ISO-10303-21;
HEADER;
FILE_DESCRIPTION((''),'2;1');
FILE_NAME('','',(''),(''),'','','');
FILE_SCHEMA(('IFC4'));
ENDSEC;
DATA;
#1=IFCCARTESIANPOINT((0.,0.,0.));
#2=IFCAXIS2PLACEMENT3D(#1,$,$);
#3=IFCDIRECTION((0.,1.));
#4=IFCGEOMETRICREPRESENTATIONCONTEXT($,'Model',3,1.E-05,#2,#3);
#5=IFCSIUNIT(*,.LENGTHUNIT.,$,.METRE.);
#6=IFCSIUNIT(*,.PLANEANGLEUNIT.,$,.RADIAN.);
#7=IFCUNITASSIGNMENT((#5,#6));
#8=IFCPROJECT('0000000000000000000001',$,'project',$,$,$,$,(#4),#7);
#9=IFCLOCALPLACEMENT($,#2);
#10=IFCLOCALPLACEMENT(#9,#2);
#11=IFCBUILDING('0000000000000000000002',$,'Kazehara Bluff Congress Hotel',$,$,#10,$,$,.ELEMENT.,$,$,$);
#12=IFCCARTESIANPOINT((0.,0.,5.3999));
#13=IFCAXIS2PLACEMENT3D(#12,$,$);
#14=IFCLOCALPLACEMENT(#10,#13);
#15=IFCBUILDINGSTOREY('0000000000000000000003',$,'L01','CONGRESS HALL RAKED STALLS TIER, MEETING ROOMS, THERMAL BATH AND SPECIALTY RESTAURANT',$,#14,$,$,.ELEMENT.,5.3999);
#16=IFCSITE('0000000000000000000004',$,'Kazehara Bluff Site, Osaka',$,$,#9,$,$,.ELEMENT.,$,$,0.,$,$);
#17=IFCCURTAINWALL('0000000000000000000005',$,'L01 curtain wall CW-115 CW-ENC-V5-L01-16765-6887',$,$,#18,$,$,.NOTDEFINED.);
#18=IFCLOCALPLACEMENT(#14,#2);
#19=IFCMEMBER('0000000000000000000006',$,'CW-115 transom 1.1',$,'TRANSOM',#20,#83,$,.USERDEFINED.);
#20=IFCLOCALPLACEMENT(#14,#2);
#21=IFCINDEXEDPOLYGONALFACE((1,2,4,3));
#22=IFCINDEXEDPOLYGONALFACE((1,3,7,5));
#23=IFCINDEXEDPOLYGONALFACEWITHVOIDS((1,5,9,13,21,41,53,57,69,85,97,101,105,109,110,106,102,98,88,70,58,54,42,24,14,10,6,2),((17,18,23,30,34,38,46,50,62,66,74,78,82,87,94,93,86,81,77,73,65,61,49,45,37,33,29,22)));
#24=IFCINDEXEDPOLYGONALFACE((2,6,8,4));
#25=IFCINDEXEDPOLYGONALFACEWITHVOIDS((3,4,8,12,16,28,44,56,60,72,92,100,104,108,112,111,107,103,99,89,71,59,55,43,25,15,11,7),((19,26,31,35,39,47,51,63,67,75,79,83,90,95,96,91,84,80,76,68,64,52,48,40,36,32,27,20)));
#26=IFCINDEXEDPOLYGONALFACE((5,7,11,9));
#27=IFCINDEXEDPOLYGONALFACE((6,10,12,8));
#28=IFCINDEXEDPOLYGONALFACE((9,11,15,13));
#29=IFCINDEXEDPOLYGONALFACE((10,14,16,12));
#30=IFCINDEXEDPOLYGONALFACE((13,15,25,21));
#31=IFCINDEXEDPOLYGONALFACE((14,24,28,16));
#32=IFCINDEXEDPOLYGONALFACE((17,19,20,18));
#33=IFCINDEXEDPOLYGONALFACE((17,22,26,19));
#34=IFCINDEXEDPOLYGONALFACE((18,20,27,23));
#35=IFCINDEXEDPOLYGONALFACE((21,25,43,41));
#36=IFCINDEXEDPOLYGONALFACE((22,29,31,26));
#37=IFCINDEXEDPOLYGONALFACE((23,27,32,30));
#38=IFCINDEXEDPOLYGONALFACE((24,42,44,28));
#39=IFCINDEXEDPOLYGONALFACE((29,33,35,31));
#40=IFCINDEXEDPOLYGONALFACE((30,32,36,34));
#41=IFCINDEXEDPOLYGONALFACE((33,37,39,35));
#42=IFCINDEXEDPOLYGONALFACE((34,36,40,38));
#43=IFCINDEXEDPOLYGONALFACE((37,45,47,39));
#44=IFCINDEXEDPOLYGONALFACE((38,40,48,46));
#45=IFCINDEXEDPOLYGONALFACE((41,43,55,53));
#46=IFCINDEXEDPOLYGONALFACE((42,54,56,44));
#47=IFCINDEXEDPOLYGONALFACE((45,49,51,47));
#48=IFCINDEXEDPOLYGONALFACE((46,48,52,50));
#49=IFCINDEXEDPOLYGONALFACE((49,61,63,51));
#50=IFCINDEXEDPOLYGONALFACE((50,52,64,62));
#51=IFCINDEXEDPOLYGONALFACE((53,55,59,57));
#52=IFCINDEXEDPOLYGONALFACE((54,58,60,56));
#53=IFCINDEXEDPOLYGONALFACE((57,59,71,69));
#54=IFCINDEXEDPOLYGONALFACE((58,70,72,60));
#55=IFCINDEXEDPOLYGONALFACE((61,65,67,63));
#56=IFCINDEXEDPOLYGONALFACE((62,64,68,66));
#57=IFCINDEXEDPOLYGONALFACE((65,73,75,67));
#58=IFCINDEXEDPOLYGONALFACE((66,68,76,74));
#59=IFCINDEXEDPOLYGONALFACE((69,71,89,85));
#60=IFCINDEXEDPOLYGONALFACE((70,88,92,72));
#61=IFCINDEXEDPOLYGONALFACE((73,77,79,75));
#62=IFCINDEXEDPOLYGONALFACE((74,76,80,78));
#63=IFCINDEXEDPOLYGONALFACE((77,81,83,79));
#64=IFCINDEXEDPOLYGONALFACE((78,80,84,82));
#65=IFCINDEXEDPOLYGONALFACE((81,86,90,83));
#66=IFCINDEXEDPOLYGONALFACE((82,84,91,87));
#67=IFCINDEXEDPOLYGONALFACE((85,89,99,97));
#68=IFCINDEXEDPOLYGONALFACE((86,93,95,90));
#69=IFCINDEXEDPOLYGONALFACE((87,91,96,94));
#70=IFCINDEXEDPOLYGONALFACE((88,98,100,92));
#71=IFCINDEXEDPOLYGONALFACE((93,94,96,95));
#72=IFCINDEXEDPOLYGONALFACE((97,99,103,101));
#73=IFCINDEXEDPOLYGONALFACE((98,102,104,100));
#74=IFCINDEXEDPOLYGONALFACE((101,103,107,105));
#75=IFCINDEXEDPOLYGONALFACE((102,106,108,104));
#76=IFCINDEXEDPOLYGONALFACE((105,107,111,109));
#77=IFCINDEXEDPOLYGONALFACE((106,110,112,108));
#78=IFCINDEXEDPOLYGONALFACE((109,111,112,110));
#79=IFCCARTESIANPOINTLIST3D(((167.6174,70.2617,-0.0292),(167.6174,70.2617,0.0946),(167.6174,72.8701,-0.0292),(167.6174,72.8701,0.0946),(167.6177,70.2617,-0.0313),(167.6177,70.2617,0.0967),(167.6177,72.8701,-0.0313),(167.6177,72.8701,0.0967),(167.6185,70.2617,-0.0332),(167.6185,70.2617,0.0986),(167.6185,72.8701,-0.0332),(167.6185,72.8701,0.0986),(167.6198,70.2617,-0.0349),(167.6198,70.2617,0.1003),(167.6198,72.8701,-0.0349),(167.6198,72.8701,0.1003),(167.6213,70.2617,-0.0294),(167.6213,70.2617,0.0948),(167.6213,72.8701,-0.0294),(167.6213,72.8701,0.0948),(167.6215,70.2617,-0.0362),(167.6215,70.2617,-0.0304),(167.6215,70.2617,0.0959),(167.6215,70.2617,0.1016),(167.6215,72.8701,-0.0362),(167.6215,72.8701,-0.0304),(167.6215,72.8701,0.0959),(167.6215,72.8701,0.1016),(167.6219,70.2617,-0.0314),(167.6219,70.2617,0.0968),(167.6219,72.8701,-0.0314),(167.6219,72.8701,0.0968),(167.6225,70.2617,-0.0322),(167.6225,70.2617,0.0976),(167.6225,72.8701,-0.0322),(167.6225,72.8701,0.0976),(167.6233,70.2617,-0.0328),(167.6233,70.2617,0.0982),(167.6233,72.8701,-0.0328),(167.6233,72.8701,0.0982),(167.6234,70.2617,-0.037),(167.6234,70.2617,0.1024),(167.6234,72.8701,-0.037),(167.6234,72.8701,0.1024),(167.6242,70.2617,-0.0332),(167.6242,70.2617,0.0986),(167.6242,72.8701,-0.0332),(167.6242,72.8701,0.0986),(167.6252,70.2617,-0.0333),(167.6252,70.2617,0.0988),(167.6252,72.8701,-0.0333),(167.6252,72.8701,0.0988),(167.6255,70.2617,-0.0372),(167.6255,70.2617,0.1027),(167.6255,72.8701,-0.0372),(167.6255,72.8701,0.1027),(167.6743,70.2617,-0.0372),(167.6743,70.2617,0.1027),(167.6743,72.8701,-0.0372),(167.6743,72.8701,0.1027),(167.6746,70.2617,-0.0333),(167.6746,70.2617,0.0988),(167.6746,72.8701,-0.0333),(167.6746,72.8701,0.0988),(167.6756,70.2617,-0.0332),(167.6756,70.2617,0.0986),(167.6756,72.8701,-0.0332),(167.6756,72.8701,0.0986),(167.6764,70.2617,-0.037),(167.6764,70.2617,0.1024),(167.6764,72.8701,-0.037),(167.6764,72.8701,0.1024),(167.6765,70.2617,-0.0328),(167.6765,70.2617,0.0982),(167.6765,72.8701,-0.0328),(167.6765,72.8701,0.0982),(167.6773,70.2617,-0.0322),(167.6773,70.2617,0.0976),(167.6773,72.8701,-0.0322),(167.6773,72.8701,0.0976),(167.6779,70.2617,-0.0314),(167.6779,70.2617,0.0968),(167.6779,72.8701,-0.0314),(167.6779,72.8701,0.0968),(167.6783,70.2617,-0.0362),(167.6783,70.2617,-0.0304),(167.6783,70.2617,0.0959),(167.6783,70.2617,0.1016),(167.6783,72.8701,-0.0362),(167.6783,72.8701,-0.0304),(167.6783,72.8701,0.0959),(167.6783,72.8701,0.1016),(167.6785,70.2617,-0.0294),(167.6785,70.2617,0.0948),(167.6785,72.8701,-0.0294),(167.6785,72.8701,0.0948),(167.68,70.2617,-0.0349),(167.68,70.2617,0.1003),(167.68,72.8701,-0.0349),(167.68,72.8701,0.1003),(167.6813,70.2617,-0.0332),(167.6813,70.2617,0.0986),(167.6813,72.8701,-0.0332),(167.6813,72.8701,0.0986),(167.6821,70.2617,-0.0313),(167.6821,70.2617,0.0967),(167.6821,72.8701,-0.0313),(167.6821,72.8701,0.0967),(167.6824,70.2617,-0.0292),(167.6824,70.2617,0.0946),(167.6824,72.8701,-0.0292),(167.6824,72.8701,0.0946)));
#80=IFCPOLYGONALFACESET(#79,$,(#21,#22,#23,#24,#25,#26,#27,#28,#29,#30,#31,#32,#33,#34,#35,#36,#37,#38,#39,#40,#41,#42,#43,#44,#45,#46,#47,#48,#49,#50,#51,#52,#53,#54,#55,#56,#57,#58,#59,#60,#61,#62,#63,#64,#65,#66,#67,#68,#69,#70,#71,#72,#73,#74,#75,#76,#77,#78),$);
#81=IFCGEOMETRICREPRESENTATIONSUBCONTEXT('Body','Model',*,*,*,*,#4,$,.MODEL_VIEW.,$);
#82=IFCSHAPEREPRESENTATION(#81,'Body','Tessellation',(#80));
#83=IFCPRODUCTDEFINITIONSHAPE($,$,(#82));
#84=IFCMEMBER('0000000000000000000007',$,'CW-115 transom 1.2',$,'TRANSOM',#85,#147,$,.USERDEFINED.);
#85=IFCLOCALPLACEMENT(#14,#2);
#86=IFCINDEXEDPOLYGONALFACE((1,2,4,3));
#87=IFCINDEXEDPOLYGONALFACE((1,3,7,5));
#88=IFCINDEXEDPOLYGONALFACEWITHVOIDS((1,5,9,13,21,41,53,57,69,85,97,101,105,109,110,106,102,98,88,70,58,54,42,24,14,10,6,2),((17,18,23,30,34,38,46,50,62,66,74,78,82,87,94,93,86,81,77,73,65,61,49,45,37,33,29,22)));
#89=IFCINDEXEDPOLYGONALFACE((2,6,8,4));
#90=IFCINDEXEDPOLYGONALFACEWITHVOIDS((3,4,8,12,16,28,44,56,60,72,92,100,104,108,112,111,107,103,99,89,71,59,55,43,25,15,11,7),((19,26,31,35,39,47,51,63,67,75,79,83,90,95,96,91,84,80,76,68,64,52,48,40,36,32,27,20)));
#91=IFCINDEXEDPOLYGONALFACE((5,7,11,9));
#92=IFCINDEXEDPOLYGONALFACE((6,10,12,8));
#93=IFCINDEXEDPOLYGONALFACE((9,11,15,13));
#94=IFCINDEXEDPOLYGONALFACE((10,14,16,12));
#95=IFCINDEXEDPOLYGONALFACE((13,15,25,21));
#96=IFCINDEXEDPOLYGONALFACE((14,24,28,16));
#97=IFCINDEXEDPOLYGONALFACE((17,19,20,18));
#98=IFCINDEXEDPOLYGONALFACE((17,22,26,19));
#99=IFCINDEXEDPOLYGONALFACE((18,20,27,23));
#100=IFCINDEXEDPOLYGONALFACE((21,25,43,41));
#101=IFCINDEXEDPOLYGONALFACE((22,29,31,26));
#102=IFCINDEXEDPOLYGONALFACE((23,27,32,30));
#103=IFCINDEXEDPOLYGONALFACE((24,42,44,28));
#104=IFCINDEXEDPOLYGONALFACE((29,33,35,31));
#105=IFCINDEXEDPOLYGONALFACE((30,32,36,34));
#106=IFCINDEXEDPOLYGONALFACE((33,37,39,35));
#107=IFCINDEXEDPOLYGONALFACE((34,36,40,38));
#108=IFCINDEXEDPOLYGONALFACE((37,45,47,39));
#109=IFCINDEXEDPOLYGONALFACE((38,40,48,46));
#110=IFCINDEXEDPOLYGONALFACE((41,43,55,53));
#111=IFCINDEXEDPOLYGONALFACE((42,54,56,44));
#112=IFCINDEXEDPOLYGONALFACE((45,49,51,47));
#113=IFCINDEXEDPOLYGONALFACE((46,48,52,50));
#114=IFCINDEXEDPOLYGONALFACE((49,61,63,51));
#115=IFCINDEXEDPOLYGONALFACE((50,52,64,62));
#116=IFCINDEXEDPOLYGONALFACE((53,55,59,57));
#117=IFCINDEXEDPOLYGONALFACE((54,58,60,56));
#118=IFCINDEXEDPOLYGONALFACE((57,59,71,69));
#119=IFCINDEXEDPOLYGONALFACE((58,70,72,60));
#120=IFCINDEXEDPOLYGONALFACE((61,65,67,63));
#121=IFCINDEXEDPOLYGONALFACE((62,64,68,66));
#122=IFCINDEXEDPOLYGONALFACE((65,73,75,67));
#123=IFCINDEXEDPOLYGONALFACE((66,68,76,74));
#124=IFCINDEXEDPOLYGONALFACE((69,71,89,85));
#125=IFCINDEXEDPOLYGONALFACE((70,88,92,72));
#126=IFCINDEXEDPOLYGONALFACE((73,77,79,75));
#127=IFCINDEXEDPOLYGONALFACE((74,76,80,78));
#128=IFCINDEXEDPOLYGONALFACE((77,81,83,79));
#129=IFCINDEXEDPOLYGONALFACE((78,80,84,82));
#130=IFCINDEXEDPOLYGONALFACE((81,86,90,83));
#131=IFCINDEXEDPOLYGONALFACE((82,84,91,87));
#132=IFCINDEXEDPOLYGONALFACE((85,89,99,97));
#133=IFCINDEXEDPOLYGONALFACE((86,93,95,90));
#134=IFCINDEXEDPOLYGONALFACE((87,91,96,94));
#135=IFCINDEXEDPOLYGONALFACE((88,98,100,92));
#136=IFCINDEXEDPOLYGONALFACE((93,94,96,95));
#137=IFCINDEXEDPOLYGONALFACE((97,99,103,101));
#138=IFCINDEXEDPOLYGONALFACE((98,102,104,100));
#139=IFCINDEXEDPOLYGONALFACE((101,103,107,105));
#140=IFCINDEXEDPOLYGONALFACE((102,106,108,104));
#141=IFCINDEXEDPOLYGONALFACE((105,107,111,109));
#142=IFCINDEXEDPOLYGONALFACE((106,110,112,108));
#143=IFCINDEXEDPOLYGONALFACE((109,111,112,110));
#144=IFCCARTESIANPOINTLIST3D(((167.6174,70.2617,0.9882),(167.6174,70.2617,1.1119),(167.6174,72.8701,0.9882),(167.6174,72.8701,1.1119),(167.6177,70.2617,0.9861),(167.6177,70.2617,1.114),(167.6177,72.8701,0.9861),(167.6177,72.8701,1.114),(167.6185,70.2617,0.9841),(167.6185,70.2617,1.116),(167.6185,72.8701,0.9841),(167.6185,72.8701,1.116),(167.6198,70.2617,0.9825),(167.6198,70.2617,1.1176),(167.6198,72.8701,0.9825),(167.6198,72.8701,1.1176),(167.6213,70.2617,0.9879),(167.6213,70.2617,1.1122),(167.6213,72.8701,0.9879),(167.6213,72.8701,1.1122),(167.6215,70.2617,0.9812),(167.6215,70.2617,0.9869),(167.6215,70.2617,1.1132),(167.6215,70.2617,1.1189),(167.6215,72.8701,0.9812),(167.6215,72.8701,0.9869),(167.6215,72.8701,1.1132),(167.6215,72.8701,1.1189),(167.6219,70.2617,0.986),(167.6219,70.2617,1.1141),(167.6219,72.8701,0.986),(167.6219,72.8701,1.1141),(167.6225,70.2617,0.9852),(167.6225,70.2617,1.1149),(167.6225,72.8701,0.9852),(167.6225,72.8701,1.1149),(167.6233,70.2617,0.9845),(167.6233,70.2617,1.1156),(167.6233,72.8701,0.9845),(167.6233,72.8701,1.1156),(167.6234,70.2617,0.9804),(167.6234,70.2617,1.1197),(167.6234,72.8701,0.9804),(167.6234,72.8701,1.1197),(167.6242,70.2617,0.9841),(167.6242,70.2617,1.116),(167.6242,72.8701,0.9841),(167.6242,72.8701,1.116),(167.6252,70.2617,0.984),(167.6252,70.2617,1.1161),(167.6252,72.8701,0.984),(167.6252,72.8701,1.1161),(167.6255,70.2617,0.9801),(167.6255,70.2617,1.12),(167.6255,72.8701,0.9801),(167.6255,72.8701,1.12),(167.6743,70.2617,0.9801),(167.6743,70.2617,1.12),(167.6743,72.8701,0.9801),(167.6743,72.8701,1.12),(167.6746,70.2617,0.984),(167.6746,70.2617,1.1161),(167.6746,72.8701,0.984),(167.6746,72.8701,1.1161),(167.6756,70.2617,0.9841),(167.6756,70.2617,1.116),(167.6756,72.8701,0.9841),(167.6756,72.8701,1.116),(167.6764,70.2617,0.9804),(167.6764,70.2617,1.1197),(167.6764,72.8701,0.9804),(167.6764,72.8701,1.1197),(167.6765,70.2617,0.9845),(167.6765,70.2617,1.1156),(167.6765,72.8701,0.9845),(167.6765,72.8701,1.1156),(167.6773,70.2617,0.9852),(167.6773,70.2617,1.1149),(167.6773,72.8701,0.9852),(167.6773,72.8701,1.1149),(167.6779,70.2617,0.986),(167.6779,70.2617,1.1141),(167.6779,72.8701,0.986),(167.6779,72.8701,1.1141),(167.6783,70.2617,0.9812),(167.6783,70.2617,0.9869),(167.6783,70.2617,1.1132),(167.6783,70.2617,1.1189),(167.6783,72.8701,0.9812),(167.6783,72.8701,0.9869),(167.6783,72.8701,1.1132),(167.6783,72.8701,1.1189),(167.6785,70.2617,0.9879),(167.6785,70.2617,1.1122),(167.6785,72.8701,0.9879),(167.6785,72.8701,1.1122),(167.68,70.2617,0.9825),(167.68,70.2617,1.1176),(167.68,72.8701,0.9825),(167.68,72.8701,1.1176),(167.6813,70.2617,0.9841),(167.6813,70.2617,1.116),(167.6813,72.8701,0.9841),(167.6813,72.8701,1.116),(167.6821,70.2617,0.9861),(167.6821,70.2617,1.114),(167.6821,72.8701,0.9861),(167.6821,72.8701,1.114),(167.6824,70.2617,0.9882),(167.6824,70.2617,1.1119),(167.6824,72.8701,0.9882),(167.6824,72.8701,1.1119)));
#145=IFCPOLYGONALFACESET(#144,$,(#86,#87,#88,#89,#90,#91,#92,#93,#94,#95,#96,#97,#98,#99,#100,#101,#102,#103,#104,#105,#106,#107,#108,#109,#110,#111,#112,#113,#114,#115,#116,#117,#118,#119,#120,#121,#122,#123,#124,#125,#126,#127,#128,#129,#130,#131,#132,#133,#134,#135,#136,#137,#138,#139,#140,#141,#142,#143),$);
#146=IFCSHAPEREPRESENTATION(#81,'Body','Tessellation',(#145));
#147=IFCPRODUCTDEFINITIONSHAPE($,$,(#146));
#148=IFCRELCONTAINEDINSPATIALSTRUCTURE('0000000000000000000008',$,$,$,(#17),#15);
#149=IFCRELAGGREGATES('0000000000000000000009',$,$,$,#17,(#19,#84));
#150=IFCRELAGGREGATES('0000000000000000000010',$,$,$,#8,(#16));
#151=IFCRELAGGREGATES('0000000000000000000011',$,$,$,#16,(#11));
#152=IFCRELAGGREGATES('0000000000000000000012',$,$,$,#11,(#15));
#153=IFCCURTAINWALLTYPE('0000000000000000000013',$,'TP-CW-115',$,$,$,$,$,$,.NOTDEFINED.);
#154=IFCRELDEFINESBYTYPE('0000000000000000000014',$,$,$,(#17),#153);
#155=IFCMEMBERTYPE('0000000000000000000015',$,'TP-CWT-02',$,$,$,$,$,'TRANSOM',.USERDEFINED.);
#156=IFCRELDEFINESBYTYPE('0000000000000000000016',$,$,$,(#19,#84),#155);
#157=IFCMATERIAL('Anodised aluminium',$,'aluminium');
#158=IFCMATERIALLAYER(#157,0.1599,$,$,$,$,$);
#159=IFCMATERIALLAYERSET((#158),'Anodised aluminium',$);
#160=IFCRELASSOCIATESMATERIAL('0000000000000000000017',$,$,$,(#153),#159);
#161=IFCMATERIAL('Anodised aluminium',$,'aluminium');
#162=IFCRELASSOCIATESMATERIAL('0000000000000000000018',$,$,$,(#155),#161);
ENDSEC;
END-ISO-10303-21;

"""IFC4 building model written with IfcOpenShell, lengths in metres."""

from ifc_helpers import new_model, si_unit, direction, frame, origin, origin_2d, place, context, subcontext, project, spatial, hollow_rectangle, extrude, material, layer, layer_set, material_profile, profile_set, type_object, element, aggregate, save


model = new_model("IFC4")

# Units and contexts
model_context = context("Model", 3, precision=1e-05, world=origin(), true_north=direction((0.0, 1.0)))
body_context = subcontext(model_context, "Body", "Model", "MODEL_VIEW")
ifc_project = project(units=[si_unit("LENGTHUNIT", "METRE"), si_unit("PLANEANGLEUNIT", "RADIAN")], contexts=[model_context])

# Site, building, storey
site_placement = place(None, origin())
site = spatial("IfcSite", under=ifc_project, at=site_placement, Name="Kazehara Bluff Site, Osaka", CompositionType="ELEMENT", RefElevation=0.0)
building_placement = place(site_placement, origin())
building = spatial("IfcBuilding", under=site, at=building_placement, Name="Kazehara Bluff Congress Hotel", CompositionType="ELEMENT")
storey_placement = place(building_placement, frame((0.0, 0.0, 5.3999)))
storey = spatial("IfcBuildingStorey", under=building, at=storey_placement, Name="L01", Description="CONGRESS HALL RAKED STALLS TIER, MEETING ROOMS, THERMAL BATH AND SPECIALTY RESTAURANT", CompositionType="ELEMENT", Elevation=5.3999)

# Curtain wall, members
ifc_material_1 = material(Name="Anodised aluminium", Category="aluminium")
ifc_layer_1 = layer(ifc_material_1, 0.1599)
ifc_layer_set_1 = layer_set([ifc_layer_1], Name="Anodised aluminium")
curtain_wall_type_1 = type_object("IfcCurtainWallType", Name="TP-CW-115", PredefinedType="NOTDEFINED", material=ifc_layer_set_1)
curtain_wall_1_placement = place(storey_placement, origin())
curtain_wall_1 = element("IfcCurtainWall", 1, at=curtain_wall_1_placement, inside=storey, type_object=curtain_wall_type_1, Name="L01 curtain wall CW-115 CW-ENC-V5-L01-16765-6887", PredefinedType="NOTDEFINED")
ifc_material_2 = material(Name="Anodised aluminium", Category="aluminium")
ifc_material_profile_1 = material_profile(ifc_material_2, hollow_rectangle(XDim=0.0649, YDim=0.1399, WallThickness=0.0039, InnerFilletRadius=0.0039, OuterFilletRadius=0.0081, at=origin_2d()))
ifc_profile_set_1 = profile_set([ifc_material_profile_1], Name="Anodised aluminium")
member_type_1 = type_object("IfcMemberType", Name="TP-CWT-02", ElementType="TRANSOM", PredefinedType="USERDEFINED", material=ifc_profile_set_1)
member_1_placement = place(storey_placement, frame((167.6499, 72.8701, 0.0327), z_axis=(0.0, -1.0, 0.0), x_axis=(1.0, 0.0, 0.0)))
member_1 = element("IfcMember", 2, at=member_1_placement, type_object=member_type_1, Name="CW-115 transom 1.1", ObjectType="TRANSOM", PredefinedType="USERDEFINED", context=body_context, shape_type="SweptSolid", body=[
    extrude(hollow_rectangle(XDim=0.0649, YDim=0.1399, WallThickness=0.0039, InnerFilletRadius=0.0039, OuterFilletRadius=0.0081, at=origin_2d()), origin(), (0.0, 0.0, 1.0), 2.6084),
])
member_2_placement = place(storey_placement, frame((167.6499, 72.8701, 1.05), z_axis=(0.0, -1.0, 0.0), x_axis=(1.0, 0.0, 0.0)))
member_2 = element("IfcMember", 3, at=member_2_placement, type_object=member_type_1, Name="CW-115 transom 1.2", ObjectType="TRANSOM", PredefinedType="USERDEFINED", context=body_context, shape_type="SweptSolid", body=[
    extrude(hollow_rectangle(XDim=0.0649, YDim=0.1399, WallThickness=0.0039, InnerFilletRadius=0.0039, OuterFilletRadius=0.0081, at=origin_2d()), origin(), (0.0, 0.0, 1.0), 2.6084),
])

aggregate(curtain_wall_1, [member_1, member_2])

save(model, "model.ifc")
